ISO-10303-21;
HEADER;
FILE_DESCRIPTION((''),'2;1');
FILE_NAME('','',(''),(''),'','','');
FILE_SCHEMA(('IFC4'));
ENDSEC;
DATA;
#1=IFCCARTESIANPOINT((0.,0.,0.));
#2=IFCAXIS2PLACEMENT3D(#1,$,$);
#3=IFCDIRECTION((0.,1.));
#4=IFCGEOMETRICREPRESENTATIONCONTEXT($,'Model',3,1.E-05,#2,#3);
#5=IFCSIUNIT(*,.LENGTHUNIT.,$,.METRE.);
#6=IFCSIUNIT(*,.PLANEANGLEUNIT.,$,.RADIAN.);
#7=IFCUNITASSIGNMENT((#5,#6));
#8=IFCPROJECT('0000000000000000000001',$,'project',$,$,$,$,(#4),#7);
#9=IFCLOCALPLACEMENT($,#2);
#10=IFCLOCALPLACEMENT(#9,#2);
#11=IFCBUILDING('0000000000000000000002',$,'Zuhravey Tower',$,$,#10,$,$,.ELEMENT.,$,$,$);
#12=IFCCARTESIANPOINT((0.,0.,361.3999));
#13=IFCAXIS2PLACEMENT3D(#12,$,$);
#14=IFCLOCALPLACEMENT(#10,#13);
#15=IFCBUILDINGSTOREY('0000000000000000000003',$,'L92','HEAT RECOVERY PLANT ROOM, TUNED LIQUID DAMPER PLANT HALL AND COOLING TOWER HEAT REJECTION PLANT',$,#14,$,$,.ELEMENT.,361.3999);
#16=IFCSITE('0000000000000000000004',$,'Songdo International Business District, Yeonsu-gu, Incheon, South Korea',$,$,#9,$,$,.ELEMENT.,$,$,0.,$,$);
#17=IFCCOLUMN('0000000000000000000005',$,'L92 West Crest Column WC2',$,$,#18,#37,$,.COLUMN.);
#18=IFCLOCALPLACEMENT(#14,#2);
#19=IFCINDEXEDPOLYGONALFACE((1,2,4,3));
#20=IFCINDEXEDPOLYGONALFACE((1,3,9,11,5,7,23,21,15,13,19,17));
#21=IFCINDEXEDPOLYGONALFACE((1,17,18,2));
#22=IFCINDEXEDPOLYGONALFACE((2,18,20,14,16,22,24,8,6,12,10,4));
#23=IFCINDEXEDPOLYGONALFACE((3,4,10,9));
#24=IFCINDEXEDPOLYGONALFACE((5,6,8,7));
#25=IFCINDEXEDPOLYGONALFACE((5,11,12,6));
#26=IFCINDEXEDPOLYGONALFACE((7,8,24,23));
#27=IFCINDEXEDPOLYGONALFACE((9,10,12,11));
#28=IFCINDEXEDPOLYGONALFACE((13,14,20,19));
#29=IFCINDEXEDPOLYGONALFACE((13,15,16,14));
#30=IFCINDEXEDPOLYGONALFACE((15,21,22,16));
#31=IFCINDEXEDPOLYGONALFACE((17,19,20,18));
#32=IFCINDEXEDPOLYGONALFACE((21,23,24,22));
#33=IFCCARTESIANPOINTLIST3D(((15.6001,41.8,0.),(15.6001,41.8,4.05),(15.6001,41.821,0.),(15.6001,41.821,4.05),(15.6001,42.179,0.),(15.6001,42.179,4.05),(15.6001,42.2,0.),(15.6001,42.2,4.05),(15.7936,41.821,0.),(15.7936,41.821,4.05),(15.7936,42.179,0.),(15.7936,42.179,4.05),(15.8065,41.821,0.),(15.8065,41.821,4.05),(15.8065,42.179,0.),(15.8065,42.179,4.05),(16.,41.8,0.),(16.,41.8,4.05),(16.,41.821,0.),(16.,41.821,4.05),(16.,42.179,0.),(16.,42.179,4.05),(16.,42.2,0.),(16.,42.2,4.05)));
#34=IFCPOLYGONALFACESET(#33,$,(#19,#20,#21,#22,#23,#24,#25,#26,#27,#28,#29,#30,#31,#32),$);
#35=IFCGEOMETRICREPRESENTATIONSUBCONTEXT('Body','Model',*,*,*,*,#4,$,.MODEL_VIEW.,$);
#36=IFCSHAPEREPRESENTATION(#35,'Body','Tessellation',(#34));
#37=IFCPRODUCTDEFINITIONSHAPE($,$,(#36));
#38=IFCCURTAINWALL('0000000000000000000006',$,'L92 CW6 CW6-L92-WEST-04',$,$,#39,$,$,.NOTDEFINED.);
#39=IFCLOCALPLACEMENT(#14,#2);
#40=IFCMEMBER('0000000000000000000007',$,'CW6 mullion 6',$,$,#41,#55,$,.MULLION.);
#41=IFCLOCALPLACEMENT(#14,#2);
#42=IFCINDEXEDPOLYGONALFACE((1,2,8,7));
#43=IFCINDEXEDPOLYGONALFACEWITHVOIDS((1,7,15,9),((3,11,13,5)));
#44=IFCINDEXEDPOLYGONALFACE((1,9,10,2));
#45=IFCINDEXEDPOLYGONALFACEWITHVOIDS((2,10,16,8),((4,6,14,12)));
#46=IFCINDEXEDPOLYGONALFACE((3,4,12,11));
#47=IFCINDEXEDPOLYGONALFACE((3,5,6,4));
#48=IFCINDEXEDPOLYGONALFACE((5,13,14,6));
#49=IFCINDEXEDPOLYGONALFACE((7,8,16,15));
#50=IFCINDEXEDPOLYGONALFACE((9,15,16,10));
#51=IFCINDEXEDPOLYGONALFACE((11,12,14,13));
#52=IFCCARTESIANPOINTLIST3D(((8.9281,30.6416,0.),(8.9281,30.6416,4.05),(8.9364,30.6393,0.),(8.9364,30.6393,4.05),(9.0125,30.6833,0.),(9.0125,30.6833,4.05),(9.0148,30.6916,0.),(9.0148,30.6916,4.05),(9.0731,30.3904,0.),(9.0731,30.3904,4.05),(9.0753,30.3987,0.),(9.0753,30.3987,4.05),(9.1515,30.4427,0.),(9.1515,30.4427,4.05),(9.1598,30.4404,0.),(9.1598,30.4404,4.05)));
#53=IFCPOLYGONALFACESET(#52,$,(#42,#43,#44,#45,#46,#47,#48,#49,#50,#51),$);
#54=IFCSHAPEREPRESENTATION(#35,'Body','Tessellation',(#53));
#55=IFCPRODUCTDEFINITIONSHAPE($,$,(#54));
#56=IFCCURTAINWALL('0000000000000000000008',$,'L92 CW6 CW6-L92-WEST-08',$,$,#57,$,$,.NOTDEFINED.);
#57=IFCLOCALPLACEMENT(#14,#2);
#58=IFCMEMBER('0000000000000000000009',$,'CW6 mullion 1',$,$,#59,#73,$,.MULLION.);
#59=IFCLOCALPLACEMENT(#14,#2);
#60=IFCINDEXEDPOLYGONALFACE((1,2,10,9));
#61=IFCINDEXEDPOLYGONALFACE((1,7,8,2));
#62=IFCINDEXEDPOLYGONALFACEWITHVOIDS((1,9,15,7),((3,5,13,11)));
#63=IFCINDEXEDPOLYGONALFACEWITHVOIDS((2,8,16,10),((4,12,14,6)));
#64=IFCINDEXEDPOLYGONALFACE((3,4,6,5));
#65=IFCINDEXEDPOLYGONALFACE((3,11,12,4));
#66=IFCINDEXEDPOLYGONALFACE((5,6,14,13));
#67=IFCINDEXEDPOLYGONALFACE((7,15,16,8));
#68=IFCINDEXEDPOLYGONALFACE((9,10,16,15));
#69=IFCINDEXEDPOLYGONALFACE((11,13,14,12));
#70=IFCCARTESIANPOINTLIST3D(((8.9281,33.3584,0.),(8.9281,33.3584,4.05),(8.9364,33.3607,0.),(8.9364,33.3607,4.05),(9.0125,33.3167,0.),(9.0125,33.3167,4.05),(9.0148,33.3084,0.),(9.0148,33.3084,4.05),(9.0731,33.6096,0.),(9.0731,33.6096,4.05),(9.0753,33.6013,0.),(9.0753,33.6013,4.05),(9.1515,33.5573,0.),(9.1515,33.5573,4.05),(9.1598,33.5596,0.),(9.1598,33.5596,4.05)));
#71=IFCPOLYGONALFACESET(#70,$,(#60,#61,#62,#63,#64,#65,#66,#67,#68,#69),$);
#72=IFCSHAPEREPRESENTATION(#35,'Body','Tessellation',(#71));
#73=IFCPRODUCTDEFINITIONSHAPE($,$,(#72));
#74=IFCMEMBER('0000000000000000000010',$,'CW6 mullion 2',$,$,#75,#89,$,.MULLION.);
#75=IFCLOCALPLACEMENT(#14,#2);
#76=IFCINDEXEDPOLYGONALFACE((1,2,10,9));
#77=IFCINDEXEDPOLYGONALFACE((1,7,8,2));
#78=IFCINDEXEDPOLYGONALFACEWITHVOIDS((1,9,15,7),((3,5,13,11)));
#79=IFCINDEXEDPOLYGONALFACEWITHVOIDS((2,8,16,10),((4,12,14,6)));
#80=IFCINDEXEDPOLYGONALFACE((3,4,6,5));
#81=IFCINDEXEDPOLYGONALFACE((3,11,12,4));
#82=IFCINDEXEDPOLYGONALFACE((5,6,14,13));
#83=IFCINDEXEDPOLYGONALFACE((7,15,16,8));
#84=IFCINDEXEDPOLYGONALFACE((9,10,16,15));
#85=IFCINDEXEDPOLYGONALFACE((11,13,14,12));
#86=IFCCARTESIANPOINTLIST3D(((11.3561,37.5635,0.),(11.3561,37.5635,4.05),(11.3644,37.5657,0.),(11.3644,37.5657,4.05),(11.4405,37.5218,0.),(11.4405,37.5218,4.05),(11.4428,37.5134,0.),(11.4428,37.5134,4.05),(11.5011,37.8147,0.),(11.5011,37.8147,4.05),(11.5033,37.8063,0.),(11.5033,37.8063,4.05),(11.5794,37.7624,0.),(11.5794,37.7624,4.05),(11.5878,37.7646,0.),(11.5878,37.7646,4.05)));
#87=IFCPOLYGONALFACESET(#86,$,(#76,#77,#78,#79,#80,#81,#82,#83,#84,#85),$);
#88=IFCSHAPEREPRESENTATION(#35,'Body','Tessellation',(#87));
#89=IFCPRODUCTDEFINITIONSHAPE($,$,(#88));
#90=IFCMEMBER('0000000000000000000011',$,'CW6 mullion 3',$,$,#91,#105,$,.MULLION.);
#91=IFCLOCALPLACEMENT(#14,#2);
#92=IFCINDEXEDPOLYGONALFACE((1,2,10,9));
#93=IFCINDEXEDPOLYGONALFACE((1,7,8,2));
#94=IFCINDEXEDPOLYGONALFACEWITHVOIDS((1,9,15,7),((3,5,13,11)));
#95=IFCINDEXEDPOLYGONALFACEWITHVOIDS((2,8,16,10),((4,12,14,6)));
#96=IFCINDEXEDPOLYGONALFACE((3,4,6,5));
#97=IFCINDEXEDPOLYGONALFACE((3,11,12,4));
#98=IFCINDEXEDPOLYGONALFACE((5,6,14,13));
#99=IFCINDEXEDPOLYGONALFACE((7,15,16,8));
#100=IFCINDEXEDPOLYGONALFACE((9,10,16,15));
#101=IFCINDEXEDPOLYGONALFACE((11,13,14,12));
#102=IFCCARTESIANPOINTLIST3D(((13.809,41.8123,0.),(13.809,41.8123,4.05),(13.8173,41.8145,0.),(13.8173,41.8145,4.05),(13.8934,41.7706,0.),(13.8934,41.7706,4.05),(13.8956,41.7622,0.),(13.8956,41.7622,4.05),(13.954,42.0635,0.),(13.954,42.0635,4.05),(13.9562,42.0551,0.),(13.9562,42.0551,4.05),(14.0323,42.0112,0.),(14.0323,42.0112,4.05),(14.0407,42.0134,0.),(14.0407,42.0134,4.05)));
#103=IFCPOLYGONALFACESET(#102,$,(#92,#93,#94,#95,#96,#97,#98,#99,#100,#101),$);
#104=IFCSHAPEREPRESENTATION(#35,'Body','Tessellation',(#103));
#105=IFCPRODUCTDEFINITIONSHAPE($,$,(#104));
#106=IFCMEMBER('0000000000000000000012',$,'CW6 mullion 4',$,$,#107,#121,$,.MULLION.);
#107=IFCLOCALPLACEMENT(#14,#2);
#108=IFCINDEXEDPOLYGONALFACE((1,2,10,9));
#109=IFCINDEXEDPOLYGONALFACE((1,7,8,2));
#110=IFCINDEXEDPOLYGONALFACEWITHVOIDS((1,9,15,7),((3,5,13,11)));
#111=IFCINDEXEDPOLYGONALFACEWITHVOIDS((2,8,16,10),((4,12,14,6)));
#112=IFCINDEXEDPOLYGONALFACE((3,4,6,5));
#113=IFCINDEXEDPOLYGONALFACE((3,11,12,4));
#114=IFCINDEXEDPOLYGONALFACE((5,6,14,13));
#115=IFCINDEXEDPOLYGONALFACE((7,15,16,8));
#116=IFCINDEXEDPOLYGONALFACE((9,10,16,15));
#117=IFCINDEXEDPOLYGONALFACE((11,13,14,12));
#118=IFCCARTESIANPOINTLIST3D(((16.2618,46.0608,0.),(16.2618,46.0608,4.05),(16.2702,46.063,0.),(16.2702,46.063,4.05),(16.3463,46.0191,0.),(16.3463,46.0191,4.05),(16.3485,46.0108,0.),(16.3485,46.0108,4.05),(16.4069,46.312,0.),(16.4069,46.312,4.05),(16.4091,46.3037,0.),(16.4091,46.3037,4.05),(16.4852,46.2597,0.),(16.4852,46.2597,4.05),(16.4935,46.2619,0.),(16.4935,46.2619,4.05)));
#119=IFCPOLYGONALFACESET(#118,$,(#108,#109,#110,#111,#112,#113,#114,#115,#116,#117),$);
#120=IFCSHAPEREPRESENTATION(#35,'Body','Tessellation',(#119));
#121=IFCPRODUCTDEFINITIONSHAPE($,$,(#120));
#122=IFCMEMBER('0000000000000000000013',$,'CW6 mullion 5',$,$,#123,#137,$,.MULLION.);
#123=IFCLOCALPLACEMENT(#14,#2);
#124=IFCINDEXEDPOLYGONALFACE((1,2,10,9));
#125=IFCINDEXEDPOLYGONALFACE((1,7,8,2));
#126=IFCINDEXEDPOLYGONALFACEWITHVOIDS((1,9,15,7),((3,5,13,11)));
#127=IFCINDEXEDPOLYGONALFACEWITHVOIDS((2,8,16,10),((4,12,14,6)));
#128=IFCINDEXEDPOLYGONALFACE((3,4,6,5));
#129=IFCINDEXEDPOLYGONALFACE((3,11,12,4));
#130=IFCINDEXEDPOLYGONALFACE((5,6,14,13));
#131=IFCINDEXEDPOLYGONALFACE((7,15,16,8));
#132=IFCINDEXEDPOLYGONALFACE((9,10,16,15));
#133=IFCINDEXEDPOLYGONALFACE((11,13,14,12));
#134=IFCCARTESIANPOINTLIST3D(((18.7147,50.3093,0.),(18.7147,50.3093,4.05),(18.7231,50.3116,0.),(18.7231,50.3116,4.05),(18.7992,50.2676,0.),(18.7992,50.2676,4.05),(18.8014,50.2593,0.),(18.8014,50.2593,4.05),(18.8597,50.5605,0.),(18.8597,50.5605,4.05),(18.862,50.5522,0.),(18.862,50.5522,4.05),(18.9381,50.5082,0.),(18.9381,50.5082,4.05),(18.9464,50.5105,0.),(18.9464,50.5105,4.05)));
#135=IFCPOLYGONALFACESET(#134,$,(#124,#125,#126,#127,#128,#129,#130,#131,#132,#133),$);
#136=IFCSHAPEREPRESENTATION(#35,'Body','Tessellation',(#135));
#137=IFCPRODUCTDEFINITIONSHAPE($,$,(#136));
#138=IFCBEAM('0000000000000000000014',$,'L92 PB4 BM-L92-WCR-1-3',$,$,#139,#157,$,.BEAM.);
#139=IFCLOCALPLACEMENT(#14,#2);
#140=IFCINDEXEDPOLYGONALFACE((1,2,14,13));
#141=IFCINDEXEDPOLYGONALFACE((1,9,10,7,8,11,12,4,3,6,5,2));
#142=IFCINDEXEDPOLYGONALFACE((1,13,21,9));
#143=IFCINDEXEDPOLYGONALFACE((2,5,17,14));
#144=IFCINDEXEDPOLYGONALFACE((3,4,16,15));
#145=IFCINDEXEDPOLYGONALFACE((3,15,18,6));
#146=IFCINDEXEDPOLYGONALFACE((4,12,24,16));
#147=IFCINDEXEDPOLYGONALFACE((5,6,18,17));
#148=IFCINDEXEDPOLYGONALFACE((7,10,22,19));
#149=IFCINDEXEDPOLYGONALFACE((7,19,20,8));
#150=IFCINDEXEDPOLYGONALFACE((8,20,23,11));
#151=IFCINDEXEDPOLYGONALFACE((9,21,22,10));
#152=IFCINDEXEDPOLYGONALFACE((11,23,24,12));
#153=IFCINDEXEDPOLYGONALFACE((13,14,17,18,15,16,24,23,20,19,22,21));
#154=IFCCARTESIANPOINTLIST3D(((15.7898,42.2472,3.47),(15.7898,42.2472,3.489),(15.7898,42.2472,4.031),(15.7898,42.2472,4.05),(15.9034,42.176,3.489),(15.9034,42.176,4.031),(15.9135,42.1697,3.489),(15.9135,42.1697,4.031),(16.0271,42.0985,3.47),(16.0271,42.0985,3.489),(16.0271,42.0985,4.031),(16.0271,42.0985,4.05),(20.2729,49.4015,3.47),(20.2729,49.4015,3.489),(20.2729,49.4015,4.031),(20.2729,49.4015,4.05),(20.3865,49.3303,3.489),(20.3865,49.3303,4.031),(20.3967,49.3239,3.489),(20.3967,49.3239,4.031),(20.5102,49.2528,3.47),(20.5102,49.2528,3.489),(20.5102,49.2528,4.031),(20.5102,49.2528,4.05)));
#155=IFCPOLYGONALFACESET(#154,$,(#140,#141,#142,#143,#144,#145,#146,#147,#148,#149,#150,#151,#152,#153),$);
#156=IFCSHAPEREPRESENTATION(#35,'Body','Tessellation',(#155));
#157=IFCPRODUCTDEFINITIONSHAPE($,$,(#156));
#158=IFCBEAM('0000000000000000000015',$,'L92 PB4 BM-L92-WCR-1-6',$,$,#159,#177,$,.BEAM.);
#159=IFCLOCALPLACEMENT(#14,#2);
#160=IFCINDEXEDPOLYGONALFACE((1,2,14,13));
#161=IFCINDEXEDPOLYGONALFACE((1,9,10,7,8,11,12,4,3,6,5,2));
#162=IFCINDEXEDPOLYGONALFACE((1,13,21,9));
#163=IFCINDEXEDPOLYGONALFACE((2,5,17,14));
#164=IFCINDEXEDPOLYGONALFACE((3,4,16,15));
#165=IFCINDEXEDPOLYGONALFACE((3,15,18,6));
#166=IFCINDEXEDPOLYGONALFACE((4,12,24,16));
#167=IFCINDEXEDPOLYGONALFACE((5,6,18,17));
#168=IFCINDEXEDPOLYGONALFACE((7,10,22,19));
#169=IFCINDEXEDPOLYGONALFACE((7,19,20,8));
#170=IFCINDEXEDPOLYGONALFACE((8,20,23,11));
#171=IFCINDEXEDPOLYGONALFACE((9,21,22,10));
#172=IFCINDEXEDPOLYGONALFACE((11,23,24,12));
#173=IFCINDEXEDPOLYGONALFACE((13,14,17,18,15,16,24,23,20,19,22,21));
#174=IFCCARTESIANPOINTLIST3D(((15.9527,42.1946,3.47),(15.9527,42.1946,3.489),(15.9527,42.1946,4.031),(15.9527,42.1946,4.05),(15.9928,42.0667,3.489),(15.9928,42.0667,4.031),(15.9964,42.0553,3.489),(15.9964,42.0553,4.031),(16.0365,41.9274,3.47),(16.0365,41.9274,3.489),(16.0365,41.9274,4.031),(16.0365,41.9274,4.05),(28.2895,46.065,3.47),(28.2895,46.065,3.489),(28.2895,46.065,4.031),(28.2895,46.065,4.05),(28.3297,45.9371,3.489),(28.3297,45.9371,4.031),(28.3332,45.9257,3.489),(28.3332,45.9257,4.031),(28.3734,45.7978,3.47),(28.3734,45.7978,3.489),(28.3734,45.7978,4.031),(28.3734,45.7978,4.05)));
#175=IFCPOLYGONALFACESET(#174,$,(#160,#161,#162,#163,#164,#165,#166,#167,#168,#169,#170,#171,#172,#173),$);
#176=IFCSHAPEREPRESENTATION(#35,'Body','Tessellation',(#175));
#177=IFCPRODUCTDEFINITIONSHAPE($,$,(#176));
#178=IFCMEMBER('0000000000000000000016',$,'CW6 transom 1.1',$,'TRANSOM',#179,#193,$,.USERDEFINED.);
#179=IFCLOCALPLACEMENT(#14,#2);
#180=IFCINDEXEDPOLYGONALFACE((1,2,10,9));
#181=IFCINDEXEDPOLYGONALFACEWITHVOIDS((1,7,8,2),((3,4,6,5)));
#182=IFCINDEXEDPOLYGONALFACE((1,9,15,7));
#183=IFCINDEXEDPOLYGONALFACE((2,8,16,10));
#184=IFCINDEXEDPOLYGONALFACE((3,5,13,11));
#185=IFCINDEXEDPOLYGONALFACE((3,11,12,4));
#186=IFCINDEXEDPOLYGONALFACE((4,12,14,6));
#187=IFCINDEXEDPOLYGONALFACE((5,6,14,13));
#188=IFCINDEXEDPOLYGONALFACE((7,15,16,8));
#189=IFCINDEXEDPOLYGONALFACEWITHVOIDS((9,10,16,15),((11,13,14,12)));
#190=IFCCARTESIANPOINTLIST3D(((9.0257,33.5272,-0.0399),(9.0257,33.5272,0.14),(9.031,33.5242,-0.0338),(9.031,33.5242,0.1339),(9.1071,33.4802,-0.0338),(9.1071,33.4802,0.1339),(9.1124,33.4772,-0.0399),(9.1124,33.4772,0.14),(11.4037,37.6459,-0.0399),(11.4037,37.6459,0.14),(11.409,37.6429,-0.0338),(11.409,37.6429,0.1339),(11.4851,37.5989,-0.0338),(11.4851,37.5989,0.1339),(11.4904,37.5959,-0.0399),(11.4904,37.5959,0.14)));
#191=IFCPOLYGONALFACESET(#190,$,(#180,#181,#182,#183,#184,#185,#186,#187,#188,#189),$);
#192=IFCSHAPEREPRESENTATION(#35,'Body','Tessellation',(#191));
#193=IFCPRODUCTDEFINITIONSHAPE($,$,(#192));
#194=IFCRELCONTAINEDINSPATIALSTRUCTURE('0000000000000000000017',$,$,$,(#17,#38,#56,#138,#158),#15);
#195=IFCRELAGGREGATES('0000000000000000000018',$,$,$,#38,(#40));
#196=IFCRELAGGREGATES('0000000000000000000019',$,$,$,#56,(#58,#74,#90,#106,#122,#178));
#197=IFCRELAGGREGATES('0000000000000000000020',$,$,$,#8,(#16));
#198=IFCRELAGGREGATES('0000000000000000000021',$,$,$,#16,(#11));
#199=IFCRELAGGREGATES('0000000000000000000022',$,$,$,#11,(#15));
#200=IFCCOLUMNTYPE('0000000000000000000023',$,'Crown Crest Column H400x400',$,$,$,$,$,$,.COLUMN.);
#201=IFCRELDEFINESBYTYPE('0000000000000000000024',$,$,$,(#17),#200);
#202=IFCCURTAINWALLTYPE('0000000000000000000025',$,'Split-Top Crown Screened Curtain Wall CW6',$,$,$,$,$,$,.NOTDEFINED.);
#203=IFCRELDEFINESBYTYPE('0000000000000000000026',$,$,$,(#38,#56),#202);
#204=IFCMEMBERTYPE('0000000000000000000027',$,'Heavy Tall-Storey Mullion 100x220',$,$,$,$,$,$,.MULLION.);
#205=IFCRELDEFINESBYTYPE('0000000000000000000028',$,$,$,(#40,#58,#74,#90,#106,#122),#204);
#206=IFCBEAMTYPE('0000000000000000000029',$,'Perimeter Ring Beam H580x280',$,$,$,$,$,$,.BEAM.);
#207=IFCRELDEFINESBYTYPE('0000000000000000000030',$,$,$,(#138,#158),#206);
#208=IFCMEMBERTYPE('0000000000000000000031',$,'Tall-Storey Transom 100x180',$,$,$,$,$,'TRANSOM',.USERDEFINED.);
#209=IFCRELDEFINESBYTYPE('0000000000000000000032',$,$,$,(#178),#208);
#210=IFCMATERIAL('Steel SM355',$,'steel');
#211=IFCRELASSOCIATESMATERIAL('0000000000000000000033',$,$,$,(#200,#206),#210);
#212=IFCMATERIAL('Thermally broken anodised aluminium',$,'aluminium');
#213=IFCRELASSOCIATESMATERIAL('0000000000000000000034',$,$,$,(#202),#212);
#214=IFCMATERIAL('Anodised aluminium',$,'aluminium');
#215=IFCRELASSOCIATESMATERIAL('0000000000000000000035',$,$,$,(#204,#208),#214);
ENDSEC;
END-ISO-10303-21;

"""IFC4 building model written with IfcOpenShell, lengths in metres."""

from ifc_helpers import new_model, si_unit, direction, frame, origin, origin_2d, place, context, subcontext, project, spatial, hollow_rectangle, i_section, extrude, material, material_profile, profile_set, type_object, element, aggregate, save


model = new_model("IFC4")

# Units and contexts
model_context = context("Model", 3, precision=1e-05, world=origin(), true_north=direction((0.0, 1.0)))
body_context = subcontext(model_context, "Body", "Model", "MODEL_VIEW")
ifc_project = project(units=[si_unit("LENGTHUNIT", "METRE"), si_unit("PLANEANGLEUNIT", "RADIAN")], contexts=[model_context])

# Site, building, storey
site_placement = place(None, origin())
site = spatial("IfcSite", under=ifc_project, at=site_placement, Name="Songdo International Business District, Yeonsu-gu, Incheon, South Korea", CompositionType="ELEMENT", RefElevation=0.0)
building_placement = place(site_placement, origin())
building = spatial("IfcBuilding", under=site, at=building_placement, Name="Zuhravey Tower", CompositionType="ELEMENT")
storey_placement = place(building_placement, frame((0.0, 0.0, 361.3999)))
storey = spatial("IfcBuildingStorey", under=building, at=storey_placement, Name="L92", Description="HEAT RECOVERY PLANT ROOM, TUNED LIQUID DAMPER PLANT HALL AND COOLING TOWER HEAT REJECTION PLANT", CompositionType="ELEMENT", Elevation=361.3999)

# Column
ifc_material_1 = material(Name="Steel SM355", Category="steel")
ifc_material_profile_1 = material_profile(ifc_material_1, i_section(OverallWidth=0.3999, OverallDepth=0.3999, WebThickness=0.0129, FlangeThickness=0.021, at=origin_2d()), Name="H-400x400x13x21")
ifc_profile_set_1 = profile_set([ifc_material_profile_1], Name="Steel SM355")
column_type = type_object("IfcColumnType", Name="Crown Crest Column H400x400", PredefinedType="COLUMN", material=ifc_profile_set_1)
column_placement = place(storey_placement, frame((15.8, 42.0, 0.0), z_axis=(0.0, 0.0, 1.0), x_axis=(1.0, 0.0, 0.0)))
element("IfcColumn", 1, at=column_placement, inside=storey, type_object=column_type, Name="L92 West Crest Column WC2", PredefinedType="COLUMN", context=body_context, shape_type="SweptSolid", body=[
    extrude(i_section(OverallWidth=0.3999, OverallDepth=0.3999, WebThickness=0.0129, FlangeThickness=0.021, at=origin_2d()), origin(), (0.0, 0.0, 1.0), 4.05),
])

# Curtain wall, member
ifc_material_2 = material(Name="Thermally broken anodised aluminium", Category="aluminium")
curtain_wall_type = type_object("IfcCurtainWallType", Name="Split-Top Crown Screened Curtain Wall CW6", PredefinedType="NOTDEFINED", material=ifc_material_2)
curtain_wall_1_placement = place(storey_placement, origin())
curtain_wall_1 = element("IfcCurtainWall", 2, at=curtain_wall_1_placement, inside=storey, type_object=curtain_wall_type, Name="L92 CW6 CW6-L92-WEST-04", PredefinedType="NOTDEFINED")
ifc_material_3 = material(Name="Anodised aluminium", Category="aluminium")
ifc_material_profile_2 = material_profile(ifc_material_3, hollow_rectangle(XDim=0.1001, YDim=0.29, WallThickness=0.0061, at=origin_2d()), Name="ALU-RHS-100x290x6")
ifc_profile_set_2 = profile_set([ifc_material_profile_2], Name="Anodised aluminium")
member_type_1 = type_object("IfcMemberType", Name="Heavy Tall-Storey Mullion 100x220", PredefinedType="MULLION", material=ifc_profile_set_2)
member_1_placement = place(storey_placement, frame((9.0439, 30.541, 0.0), z_axis=(0.0, 0.0, 1.0), x_axis=(-0.866027, -0.499997, 0.0)))
member_1 = element("IfcMember", 3, at=member_1_placement, type_object=member_type_1, Name="CW6 mullion 6", PredefinedType="MULLION", context=body_context, shape_type="SweptSolid", body=[
    extrude(hollow_rectangle(XDim=0.1001, YDim=0.29, WallThickness=0.0061, at=origin_2d()), origin(), (0.0, 0.0, 1.0), 4.05),
])
aggregate(curtain_wall_1, [member_1])

# Curtain wall, members
curtain_wall_2_placement = place(storey_placement, origin())
curtain_wall_2 = element("IfcCurtainWall", 4, at=curtain_wall_2_placement, inside=storey, type_object=curtain_wall_type, Name="L92 CW6 CW6-L92-WEST-08", PredefinedType="NOTDEFINED")
member_2_placement = place(storey_placement, frame((9.0439, 33.459, 0.0), z_axis=(0.0, 0.0, 1.0), x_axis=(-0.866027, 0.499997, 0.0)))
member_2 = element("IfcMember", 5, at=member_2_placement, type_object=member_type_1, Name="CW6 mullion 1", PredefinedType="MULLION", context=body_context, shape_type="SweptSolid", body=[
    extrude(hollow_rectangle(XDim=0.1001, YDim=0.29, WallThickness=0.0061, at=origin_2d()), origin(), (0.0, 0.0, 1.0), 4.05),
])
member_3_placement = place(storey_placement, frame((11.4719, 37.6641, 0.0), z_axis=(0.0, 0.0, 1.0), x_axis=(-0.866027, 0.499997, 0.0)))
member_3 = element("IfcMember", 6, at=member_3_placement, type_object=member_type_1, Name="CW6 mullion 2", PredefinedType="MULLION", context=body_context, shape_type="SweptSolid", body=[
    extrude(hollow_rectangle(XDim=0.1001, YDim=0.29, WallThickness=0.0061, at=origin_2d()), origin(), (0.0, 0.0, 1.0), 4.05),
])
member_4_placement = place(storey_placement, frame((13.9248, 41.9128, 0.0), z_axis=(0.0, 0.0, 1.0), x_axis=(-0.866027, 0.499997, 0.0)))
member_4 = element("IfcMember", 7, at=member_4_placement, type_object=member_type_1, Name="CW6 mullion 3", PredefinedType="MULLION", context=body_context, shape_type="SweptSolid", body=[
    extrude(hollow_rectangle(XDim=0.1001, YDim=0.29, WallThickness=0.0061, at=origin_2d()), origin(), (0.0, 0.0, 1.0), 4.05),
])
member_5_placement = place(storey_placement, frame((16.3777, 46.1614, 0.0), z_axis=(0.0, 0.0, 1.0), x_axis=(-0.866027, 0.499997, 0.0)))
member_5 = element("IfcMember", 8, at=member_5_placement, type_object=member_type_1, Name="CW6 mullion 4", PredefinedType="MULLION", context=body_context, shape_type="SweptSolid", body=[
    extrude(hollow_rectangle(XDim=0.1001, YDim=0.29, WallThickness=0.0061, at=origin_2d()), origin(), (0.0, 0.0, 1.0), 4.05),
])
member_6_placement = place(storey_placement, frame((18.8306, 50.4099, 0.0), z_axis=(0.0, 0.0, 1.0), x_axis=(-0.866027, 0.499997, 0.0)))
member_6 = element("IfcMember", 9, at=member_6_placement, type_object=member_type_1, Name="CW6 mullion 5", PredefinedType="MULLION", context=body_context, shape_type="SweptSolid", body=[
    extrude(hollow_rectangle(XDim=0.1001, YDim=0.29, WallThickness=0.0061, at=origin_2d()), origin(), (0.0, 0.0, 1.0), 4.05),
])

# Beams
ifc_material_profile_3 = material_profile(ifc_material_1, i_section(OverallWidth=0.28, OverallDepth=0.5801, WebThickness=0.012, FlangeThickness=0.019, at=origin_2d()), Name="H-580x280x12x19")
ifc_profile_set_3 = profile_set([ifc_material_profile_3], Name="Steel SM355")
beam_type = type_object("IfcBeamType", Name="Perimeter Ring Beam H580x280", PredefinedType="BEAM", material=ifc_profile_set_3)
beam_1_placement = place(storey_placement, frame((15.9084, 42.1729, 3.76), z_axis=(0.530997, 0.847374, 0.0), x_axis=(-0.847374, 0.530997, 0.0)))
element("IfcBeam", 10, at=beam_1_placement, inside=storey, type_object=beam_type, Name="L92 PB4 BM-L92-WCR-1-3", PredefinedType="BEAM", context=body_context, shape_type="SweptSolid", body=[
    extrude(i_section(OverallWidth=0.28, OverallDepth=0.5801, WebThickness=0.012, FlangeThickness=0.019, at=origin_2d()), origin(), (0.0, 0.0, 1.0), 8.4429),
])
beam_2_placement = place(storey_placement, frame((15.9946, 42.061, 3.76), z_axis=(0.954147, 0.299337, 0.0), x_axis=(-0.299337, 0.954147, 0.0)))
element("IfcBeam", 11, at=beam_2_placement, inside=storey, type_object=beam_type, Name="L92 PB4 BM-L92-WCR-1-6", PredefinedType="BEAM", context=body_context, shape_type="SweptSolid", body=[
    extrude(i_section(OverallWidth=0.28, OverallDepth=0.5801, WebThickness=0.012, FlangeThickness=0.019, at=origin_2d()), origin(), (0.0, 0.0, 1.0), 12.9297),
])

# Member
ifc_material_profile_4 = material_profile(ifc_material_3, hollow_rectangle(XDim=0.1001, YDim=0.1799, WallThickness=0.0061, at=origin_2d()), Name="ALU-RHS-100x180x6")
ifc_profile_set_4 = profile_set([ifc_material_profile_4], Name="Anodised aluminium")
member_type_2 = type_object("IfcMemberType", Name="Tall-Storey Transom 100x180", ElementType="TRANSOM", PredefinedType="USERDEFINED", material=ifc_profile_set_4)
member_7_placement = place(storey_placement, frame((9.0691, 33.5022, 0.05), z_axis=(0.500004, 0.866023, 0.0), x_axis=(-0.866023, 0.500004, 0.0)))
member_7 = element("IfcMember", 12, at=member_7_placement, type_object=member_type_2, Name="CW6 transom 1.1", ObjectType="TRANSOM", PredefinedType="USERDEFINED", context=body_context, shape_type="SweptSolid", body=[
    extrude(hollow_rectangle(XDim=0.1001, YDim=0.1799, WallThickness=0.0061, at=origin_2d()), origin(), (0.0, 0.0, 1.0), 4.7559),
])

aggregate(curtain_wall_2, [member_2, member_3, member_4, member_5, member_6, member_7])

save(model, "model.ifc")
